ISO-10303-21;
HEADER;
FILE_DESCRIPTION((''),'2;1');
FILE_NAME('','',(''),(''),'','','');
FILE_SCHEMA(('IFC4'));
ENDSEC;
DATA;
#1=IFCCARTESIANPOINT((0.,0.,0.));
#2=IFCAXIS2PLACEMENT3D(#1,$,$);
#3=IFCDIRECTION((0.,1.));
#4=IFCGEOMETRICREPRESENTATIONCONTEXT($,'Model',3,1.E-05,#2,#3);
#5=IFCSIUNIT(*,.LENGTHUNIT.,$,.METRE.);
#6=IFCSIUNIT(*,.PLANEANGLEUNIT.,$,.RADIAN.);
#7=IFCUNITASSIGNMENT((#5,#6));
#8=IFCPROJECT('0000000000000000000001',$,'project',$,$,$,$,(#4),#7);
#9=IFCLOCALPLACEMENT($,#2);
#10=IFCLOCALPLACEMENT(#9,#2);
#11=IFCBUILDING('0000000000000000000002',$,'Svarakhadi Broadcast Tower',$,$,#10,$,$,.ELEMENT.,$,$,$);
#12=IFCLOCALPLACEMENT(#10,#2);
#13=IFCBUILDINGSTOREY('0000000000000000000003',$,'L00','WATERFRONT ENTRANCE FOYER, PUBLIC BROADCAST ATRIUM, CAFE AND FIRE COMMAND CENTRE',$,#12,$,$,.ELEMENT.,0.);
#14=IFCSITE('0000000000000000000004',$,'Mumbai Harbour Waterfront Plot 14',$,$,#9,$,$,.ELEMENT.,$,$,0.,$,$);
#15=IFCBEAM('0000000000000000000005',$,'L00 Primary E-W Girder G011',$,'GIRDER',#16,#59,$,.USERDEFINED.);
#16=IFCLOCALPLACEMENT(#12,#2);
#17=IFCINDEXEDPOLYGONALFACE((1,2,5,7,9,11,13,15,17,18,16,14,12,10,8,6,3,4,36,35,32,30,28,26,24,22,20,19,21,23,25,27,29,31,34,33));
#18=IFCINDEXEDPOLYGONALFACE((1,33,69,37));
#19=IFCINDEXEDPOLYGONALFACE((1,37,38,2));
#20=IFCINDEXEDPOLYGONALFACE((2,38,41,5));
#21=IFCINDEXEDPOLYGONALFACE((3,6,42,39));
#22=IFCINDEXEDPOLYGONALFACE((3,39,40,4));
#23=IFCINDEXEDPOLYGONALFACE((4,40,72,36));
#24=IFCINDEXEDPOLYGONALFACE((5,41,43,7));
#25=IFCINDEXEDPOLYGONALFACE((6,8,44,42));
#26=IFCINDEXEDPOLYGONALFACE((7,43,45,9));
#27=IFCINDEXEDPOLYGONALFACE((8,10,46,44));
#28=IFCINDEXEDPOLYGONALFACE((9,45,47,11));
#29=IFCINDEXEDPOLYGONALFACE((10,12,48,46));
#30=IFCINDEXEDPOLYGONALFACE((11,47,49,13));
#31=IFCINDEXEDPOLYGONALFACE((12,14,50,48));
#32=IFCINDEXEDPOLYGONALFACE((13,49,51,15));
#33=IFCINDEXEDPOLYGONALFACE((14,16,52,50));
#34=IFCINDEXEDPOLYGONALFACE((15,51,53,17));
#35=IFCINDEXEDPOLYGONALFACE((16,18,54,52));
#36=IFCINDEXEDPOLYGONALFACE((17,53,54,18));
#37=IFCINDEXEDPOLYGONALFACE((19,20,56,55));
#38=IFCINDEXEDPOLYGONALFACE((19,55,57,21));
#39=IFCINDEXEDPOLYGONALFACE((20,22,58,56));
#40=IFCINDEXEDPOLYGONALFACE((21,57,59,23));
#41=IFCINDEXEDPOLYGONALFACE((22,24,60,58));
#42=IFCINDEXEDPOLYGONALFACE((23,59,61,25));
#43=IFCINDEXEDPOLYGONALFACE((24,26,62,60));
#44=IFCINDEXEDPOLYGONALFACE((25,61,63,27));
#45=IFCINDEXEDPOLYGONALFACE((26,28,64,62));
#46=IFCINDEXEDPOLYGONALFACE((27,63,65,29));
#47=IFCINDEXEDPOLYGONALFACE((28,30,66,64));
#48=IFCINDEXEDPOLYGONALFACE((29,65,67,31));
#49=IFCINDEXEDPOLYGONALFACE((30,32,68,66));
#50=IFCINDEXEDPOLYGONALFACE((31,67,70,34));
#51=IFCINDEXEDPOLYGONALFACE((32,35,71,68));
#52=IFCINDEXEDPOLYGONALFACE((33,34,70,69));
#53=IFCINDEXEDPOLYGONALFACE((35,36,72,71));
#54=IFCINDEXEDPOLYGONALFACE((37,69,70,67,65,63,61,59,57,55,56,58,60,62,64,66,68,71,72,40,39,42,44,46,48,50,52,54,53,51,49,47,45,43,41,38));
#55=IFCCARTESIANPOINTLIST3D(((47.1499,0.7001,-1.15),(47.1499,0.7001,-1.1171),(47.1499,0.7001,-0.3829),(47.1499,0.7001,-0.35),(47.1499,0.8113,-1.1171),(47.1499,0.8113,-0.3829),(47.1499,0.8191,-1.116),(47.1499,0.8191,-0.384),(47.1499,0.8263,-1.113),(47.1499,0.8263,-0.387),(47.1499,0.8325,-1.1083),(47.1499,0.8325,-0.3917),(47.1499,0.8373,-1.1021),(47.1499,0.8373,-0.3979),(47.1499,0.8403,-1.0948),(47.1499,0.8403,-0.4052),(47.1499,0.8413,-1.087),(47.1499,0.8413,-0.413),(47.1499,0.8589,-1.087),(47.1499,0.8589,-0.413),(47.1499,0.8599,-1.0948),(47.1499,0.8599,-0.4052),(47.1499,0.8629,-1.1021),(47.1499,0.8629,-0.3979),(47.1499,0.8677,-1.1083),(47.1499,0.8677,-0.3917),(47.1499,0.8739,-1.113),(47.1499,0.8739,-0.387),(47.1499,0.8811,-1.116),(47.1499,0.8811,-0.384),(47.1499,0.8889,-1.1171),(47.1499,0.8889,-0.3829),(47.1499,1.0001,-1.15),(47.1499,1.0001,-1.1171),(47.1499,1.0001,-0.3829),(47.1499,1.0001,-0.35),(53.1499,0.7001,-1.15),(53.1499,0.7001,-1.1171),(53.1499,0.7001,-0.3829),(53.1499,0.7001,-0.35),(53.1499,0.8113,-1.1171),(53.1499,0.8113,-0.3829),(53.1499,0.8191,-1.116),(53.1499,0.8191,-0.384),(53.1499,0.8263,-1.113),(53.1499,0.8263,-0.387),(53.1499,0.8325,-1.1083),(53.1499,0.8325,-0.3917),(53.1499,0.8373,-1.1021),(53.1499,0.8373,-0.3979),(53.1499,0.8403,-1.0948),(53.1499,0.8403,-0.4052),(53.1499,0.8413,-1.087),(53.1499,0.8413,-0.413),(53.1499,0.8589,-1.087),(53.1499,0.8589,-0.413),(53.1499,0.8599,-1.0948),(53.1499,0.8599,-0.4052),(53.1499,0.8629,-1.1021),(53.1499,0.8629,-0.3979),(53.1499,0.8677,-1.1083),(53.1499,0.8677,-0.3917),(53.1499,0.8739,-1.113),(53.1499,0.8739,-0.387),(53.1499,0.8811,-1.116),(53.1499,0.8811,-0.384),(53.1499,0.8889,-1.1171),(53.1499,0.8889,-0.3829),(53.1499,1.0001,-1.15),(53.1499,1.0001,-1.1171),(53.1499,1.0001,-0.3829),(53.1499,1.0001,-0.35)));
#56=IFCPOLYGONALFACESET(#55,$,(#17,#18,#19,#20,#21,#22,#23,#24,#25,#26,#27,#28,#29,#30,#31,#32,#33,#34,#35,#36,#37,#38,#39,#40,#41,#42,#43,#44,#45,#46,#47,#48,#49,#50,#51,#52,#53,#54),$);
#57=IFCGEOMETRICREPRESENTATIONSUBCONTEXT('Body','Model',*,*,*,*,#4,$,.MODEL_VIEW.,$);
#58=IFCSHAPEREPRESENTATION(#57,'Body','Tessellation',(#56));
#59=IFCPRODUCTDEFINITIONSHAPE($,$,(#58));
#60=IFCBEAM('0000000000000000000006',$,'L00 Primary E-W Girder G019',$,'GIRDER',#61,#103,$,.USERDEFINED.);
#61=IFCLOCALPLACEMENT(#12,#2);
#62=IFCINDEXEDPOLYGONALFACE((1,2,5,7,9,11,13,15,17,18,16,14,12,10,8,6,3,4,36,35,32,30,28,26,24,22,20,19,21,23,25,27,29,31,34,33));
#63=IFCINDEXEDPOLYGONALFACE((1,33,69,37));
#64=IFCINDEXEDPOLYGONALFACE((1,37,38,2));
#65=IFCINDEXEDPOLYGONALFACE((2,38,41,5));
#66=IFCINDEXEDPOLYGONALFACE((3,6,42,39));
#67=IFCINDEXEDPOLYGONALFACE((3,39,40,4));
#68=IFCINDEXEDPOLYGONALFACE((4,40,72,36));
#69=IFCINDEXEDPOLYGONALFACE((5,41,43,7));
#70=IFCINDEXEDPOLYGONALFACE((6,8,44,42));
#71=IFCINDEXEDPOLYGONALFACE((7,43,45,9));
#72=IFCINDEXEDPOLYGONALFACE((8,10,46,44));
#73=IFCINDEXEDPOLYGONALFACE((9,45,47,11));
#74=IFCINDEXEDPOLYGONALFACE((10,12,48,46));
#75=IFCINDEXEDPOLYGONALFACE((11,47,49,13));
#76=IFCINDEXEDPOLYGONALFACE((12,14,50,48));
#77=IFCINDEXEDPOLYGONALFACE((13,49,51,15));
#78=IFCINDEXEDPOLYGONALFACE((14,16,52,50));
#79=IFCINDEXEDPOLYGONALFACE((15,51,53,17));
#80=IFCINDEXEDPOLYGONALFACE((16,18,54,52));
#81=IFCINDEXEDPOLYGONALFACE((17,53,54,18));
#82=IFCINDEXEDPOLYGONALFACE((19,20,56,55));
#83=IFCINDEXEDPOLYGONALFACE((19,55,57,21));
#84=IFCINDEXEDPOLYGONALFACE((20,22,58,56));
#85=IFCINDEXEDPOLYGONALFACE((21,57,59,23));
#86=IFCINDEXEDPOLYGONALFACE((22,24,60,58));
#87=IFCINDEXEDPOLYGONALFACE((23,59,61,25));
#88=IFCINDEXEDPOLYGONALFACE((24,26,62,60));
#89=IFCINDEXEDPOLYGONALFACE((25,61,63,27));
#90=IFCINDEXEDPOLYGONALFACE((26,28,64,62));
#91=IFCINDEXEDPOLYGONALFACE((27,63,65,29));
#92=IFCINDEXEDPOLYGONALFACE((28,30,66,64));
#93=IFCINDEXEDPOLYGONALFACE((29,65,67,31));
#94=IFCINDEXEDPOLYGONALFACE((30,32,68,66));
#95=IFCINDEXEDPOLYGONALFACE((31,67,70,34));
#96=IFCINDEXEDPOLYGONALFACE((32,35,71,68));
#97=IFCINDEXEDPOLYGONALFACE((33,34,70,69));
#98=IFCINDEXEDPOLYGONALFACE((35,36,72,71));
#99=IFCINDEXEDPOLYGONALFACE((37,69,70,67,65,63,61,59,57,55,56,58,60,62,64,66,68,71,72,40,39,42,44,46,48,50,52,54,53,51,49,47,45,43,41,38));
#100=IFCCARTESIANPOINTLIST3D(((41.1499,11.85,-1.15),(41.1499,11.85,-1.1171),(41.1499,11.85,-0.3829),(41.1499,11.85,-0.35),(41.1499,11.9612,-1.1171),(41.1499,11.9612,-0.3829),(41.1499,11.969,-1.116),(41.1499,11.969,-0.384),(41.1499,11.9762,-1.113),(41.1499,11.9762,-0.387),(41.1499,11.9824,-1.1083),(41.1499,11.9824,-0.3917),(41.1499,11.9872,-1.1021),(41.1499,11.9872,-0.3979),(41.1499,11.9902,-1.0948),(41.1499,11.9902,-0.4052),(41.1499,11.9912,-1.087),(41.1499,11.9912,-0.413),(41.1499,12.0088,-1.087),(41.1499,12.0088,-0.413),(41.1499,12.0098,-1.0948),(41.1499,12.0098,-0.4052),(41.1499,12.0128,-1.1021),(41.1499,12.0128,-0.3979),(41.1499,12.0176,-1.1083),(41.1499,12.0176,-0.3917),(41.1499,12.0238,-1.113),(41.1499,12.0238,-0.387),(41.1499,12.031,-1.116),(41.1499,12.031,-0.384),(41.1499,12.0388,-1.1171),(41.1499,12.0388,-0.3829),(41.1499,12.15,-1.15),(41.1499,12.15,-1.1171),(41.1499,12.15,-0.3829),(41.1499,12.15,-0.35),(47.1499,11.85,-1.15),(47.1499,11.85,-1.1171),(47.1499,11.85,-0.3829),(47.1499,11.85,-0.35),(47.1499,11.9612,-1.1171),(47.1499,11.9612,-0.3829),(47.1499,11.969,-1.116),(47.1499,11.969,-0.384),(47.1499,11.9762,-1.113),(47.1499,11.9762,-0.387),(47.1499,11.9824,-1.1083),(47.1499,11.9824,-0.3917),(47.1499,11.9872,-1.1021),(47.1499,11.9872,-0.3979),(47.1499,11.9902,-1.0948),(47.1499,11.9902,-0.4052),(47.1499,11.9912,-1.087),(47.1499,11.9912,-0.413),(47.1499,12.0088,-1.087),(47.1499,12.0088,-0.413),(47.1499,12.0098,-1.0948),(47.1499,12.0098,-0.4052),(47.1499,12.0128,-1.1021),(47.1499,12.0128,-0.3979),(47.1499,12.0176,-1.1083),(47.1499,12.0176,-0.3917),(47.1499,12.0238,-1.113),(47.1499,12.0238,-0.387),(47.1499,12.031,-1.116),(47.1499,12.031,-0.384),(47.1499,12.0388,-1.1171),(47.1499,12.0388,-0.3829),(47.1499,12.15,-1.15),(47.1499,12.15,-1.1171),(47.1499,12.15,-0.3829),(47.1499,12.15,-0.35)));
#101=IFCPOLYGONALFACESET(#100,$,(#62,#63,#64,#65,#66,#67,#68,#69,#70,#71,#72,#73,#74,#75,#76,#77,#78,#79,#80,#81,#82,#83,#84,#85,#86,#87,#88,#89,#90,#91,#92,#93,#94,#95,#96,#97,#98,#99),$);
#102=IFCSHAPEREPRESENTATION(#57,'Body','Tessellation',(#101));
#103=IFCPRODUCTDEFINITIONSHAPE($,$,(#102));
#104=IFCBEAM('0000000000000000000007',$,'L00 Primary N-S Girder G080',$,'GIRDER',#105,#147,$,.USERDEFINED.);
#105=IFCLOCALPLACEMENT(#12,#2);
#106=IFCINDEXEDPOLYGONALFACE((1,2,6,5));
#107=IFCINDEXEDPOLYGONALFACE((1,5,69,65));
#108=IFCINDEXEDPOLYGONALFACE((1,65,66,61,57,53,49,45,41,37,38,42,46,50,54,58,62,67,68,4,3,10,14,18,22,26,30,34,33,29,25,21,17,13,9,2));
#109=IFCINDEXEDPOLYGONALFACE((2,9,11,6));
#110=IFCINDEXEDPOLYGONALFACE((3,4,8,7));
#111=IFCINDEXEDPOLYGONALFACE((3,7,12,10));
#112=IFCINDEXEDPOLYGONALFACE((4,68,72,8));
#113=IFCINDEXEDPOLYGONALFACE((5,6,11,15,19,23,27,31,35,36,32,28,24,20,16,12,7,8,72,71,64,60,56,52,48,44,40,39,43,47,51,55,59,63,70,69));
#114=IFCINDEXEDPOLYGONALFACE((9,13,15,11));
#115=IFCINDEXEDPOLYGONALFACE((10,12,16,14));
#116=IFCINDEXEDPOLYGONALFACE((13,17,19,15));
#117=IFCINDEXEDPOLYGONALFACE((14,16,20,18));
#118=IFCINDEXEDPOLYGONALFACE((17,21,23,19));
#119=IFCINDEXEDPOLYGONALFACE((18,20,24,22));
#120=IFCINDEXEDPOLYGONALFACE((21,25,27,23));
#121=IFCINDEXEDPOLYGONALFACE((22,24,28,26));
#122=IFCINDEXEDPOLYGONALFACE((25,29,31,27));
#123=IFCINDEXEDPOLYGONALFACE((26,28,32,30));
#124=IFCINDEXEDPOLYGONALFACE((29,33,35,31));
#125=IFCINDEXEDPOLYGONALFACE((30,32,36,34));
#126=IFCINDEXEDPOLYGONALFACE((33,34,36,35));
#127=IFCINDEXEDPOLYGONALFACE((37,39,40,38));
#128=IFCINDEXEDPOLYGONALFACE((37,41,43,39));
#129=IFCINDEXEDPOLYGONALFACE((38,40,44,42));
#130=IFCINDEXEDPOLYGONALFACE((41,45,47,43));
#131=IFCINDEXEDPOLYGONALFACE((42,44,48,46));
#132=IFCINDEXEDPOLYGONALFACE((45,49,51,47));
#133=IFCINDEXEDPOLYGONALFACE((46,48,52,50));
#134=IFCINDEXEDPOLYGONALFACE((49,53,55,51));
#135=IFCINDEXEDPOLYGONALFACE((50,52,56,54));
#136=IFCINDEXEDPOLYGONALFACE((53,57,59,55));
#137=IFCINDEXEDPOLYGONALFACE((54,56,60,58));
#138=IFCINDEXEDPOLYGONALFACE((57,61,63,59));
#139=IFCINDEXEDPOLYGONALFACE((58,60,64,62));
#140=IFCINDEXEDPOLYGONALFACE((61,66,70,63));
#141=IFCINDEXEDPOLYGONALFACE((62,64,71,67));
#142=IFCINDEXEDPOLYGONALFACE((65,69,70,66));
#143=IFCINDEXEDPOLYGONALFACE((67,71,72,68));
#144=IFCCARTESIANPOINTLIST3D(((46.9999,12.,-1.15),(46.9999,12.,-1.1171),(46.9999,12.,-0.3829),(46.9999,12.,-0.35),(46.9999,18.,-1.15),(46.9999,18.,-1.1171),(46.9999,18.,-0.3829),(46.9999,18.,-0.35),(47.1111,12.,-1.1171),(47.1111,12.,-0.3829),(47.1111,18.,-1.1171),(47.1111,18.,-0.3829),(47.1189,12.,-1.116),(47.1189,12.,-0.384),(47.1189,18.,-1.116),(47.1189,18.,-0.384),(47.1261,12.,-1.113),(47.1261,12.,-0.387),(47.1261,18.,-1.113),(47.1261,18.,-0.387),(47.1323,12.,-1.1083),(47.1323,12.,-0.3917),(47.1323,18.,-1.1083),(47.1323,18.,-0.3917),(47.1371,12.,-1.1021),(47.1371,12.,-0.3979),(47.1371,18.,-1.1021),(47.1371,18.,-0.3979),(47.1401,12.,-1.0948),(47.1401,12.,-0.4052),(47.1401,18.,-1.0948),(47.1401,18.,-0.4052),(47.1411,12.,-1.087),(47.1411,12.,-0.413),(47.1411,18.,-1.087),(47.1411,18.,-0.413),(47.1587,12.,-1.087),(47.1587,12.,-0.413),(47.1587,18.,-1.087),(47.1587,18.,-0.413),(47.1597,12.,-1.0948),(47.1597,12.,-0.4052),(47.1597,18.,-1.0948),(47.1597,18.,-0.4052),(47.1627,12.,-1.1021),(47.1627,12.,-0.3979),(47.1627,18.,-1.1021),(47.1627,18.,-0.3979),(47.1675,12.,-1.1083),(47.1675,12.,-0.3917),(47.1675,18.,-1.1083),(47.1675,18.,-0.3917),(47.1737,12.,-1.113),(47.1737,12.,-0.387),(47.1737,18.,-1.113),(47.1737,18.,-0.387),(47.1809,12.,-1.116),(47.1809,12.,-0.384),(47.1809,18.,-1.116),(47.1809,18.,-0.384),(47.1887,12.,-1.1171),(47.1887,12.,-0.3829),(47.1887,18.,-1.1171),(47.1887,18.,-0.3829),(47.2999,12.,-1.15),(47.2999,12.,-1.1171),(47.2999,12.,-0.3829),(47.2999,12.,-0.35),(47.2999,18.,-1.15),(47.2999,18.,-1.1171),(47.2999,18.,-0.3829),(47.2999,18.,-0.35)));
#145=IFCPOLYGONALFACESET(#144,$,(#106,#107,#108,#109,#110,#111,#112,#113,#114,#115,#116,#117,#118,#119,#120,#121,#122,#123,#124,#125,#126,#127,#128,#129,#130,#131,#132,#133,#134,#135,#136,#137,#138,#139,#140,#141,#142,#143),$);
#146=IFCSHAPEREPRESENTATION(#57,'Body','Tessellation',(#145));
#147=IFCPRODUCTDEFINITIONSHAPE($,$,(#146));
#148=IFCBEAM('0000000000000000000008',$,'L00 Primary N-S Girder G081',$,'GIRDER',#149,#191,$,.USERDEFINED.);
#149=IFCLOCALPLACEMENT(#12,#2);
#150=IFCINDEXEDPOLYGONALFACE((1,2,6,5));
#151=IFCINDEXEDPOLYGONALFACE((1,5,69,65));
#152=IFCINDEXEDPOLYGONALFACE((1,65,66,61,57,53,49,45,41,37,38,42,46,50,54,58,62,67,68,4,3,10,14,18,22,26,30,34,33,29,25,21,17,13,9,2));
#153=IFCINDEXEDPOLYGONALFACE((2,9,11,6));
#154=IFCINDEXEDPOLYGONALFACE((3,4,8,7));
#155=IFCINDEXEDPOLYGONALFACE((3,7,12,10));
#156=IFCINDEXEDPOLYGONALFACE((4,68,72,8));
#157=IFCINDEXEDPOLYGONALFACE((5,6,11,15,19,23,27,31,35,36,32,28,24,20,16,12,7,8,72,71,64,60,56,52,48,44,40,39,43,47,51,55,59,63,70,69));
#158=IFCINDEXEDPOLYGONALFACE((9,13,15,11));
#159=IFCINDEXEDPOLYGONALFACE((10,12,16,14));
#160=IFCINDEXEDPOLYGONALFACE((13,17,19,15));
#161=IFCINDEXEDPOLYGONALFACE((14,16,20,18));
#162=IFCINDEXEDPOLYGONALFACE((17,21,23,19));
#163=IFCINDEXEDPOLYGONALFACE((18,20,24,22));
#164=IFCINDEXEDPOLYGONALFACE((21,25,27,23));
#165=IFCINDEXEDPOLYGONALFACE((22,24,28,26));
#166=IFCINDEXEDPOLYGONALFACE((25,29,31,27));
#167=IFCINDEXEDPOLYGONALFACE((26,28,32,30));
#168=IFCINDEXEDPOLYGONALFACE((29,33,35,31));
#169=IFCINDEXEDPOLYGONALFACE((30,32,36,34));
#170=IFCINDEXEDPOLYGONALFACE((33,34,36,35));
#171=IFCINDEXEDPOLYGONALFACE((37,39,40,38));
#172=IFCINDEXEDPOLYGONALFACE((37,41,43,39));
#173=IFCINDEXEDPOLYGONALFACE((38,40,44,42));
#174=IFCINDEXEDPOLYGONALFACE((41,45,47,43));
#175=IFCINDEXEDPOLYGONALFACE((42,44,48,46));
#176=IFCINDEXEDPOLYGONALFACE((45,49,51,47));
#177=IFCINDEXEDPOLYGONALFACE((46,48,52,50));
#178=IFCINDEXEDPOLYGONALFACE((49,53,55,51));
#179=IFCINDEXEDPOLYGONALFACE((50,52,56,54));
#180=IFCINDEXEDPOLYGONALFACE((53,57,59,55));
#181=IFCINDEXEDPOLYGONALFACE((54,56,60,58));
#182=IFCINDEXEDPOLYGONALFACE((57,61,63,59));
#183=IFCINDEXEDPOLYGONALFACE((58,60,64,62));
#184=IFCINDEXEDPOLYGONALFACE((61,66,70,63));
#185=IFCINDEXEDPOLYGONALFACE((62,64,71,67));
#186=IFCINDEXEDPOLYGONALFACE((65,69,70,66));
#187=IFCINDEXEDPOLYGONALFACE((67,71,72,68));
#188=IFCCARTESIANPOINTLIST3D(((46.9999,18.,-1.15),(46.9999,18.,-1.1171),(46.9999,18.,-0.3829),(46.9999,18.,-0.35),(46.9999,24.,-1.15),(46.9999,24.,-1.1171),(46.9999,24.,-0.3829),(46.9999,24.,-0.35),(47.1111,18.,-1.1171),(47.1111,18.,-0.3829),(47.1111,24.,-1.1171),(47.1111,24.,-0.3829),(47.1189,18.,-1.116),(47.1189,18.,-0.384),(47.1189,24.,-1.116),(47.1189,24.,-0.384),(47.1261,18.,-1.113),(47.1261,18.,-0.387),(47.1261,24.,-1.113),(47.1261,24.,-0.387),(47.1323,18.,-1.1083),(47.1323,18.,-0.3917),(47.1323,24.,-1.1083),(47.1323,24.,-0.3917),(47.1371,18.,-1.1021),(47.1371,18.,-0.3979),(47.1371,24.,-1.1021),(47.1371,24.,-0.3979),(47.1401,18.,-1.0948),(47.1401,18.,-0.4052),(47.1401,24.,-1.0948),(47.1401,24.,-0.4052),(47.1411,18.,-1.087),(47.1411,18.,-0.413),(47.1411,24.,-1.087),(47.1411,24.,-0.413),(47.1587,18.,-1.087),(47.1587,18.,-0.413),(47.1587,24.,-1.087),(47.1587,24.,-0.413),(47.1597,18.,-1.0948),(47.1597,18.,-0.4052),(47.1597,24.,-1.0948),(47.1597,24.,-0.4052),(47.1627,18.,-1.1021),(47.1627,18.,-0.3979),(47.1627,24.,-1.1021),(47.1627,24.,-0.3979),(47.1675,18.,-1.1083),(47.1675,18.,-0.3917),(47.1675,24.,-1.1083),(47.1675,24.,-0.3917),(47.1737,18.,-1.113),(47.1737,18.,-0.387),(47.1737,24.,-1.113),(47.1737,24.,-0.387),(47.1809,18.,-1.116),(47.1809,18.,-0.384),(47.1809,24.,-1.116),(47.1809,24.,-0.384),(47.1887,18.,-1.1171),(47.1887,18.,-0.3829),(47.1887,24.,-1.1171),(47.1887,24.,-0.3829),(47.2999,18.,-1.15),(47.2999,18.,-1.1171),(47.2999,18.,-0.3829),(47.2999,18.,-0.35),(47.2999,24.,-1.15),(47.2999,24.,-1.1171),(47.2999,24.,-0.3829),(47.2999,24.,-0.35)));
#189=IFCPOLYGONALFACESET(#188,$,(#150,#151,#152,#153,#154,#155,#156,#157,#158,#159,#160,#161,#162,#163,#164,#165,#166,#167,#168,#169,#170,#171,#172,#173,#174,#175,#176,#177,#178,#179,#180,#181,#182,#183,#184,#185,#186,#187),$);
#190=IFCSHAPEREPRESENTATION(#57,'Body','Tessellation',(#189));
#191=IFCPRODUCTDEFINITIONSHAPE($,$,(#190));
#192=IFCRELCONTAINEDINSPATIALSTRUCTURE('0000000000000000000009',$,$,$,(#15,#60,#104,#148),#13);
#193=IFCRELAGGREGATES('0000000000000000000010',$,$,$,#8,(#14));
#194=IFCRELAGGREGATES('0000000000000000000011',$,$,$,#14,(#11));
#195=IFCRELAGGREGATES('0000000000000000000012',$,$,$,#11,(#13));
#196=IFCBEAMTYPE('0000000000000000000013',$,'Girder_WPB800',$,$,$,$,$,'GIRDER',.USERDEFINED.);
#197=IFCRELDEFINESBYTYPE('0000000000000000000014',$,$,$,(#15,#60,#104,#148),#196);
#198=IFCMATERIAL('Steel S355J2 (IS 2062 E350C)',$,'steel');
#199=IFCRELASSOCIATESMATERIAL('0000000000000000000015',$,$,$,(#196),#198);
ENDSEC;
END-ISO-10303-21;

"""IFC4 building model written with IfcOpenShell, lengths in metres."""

from ifc_helpers import new_model, si_unit, direction, frame, origin, origin_2d, place, context, subcontext, project, spatial, i_section, extrude, material, material_profile, profile_set, type_object, element, save


model = new_model("IFC4")

# Units and contexts
model_context = context("Model", 3, precision=1e-05, world=origin(), true_north=direction((0.0, 1.0)))
body_context = subcontext(model_context, "Body", "Model", "MODEL_VIEW")
ifc_project = project(units=[si_unit("LENGTHUNIT", "METRE"), si_unit("PLANEANGLEUNIT", "RADIAN")], contexts=[model_context])

# Site, building, storey
site_placement = place(None, origin())
site = spatial("IfcSite", under=ifc_project, at=site_placement, Name="Mumbai Harbour Waterfront Plot 14", CompositionType="ELEMENT", RefElevation=0.0)
building_placement = place(site_placement, origin())
building = spatial("IfcBuilding", under=site, at=building_placement, Name="Svarakhadi Broadcast Tower", CompositionType="ELEMENT")
storey_placement = place(building_placement, origin())
storey = spatial("IfcBuildingStorey", under=building, at=storey_placement, Name="L00", Description="WATERFRONT ENTRANCE FOYER, PUBLIC BROADCAST ATRIUM, CAFE AND FIRE COMMAND CENTRE", CompositionType="ELEMENT", Elevation=0.0)

# Beams
ifc_material_1 = material(Name="Steel S355J2 (IS 2062 E350C)", Category="steel")
ifc_material_profile_1 = material_profile(ifc_material_1, i_section(OverallWidth=0.3, OverallDepth=0.8, WebThickness=0.0176, FlangeThickness=0.033, FilletRadius=0.03, at=origin_2d()), Name="WPB 800x300x262")
ifc_profile_set_1 = profile_set([ifc_material_profile_1], Name="Steel S355J2 (IS 2062 E350C)")
beam_type_1 = type_object("IfcBeamType", Name="Girder_WPB800", ElementType="GIRDER", PredefinedType="USERDEFINED", material=ifc_profile_set_1)
for number, where, z_axis, x_axis, name in (
    (1, (47.1499, 0.8501, -0.75), (1.0, 0.0, 0.0), (0.0, 1.0, 0.0), "L00 Primary E-W Girder G011"),
    (2, (41.1499, 12.0, -0.75), (1.0, 0.0, 0.0), (0.0, 1.0, 0.0), "L00 Primary E-W Girder G019"),
    (3, (47.1499, 12.0, -0.75), (0.0, 1.0, 0.0), (-1.0, 0.0, 0.0), "L00 Primary N-S Girder G080"),
    (4, (47.1499, 18.0, -0.75), (0.0, 1.0, 0.0), (-1.0, 0.0, 0.0), "L00 Primary N-S Girder G081"),
):
    element("IfcBeam", number, at=place(storey_placement, frame(where, z_axis=z_axis, x_axis=x_axis)), inside=storey, type_object=beam_type_1, Name=name, ObjectType="GIRDER", PredefinedType="USERDEFINED", context=body_context, shape_type="SweptSolid", body=[
        extrude(i_section(OverallWidth=0.3, OverallDepth=0.8, WebThickness=0.0176, FlangeThickness=0.033, FilletRadius=0.03, at=origin_2d()), origin(), (0.0, 0.0, 1.0), 6.0),
    ])

save(model, "model.ifc")
